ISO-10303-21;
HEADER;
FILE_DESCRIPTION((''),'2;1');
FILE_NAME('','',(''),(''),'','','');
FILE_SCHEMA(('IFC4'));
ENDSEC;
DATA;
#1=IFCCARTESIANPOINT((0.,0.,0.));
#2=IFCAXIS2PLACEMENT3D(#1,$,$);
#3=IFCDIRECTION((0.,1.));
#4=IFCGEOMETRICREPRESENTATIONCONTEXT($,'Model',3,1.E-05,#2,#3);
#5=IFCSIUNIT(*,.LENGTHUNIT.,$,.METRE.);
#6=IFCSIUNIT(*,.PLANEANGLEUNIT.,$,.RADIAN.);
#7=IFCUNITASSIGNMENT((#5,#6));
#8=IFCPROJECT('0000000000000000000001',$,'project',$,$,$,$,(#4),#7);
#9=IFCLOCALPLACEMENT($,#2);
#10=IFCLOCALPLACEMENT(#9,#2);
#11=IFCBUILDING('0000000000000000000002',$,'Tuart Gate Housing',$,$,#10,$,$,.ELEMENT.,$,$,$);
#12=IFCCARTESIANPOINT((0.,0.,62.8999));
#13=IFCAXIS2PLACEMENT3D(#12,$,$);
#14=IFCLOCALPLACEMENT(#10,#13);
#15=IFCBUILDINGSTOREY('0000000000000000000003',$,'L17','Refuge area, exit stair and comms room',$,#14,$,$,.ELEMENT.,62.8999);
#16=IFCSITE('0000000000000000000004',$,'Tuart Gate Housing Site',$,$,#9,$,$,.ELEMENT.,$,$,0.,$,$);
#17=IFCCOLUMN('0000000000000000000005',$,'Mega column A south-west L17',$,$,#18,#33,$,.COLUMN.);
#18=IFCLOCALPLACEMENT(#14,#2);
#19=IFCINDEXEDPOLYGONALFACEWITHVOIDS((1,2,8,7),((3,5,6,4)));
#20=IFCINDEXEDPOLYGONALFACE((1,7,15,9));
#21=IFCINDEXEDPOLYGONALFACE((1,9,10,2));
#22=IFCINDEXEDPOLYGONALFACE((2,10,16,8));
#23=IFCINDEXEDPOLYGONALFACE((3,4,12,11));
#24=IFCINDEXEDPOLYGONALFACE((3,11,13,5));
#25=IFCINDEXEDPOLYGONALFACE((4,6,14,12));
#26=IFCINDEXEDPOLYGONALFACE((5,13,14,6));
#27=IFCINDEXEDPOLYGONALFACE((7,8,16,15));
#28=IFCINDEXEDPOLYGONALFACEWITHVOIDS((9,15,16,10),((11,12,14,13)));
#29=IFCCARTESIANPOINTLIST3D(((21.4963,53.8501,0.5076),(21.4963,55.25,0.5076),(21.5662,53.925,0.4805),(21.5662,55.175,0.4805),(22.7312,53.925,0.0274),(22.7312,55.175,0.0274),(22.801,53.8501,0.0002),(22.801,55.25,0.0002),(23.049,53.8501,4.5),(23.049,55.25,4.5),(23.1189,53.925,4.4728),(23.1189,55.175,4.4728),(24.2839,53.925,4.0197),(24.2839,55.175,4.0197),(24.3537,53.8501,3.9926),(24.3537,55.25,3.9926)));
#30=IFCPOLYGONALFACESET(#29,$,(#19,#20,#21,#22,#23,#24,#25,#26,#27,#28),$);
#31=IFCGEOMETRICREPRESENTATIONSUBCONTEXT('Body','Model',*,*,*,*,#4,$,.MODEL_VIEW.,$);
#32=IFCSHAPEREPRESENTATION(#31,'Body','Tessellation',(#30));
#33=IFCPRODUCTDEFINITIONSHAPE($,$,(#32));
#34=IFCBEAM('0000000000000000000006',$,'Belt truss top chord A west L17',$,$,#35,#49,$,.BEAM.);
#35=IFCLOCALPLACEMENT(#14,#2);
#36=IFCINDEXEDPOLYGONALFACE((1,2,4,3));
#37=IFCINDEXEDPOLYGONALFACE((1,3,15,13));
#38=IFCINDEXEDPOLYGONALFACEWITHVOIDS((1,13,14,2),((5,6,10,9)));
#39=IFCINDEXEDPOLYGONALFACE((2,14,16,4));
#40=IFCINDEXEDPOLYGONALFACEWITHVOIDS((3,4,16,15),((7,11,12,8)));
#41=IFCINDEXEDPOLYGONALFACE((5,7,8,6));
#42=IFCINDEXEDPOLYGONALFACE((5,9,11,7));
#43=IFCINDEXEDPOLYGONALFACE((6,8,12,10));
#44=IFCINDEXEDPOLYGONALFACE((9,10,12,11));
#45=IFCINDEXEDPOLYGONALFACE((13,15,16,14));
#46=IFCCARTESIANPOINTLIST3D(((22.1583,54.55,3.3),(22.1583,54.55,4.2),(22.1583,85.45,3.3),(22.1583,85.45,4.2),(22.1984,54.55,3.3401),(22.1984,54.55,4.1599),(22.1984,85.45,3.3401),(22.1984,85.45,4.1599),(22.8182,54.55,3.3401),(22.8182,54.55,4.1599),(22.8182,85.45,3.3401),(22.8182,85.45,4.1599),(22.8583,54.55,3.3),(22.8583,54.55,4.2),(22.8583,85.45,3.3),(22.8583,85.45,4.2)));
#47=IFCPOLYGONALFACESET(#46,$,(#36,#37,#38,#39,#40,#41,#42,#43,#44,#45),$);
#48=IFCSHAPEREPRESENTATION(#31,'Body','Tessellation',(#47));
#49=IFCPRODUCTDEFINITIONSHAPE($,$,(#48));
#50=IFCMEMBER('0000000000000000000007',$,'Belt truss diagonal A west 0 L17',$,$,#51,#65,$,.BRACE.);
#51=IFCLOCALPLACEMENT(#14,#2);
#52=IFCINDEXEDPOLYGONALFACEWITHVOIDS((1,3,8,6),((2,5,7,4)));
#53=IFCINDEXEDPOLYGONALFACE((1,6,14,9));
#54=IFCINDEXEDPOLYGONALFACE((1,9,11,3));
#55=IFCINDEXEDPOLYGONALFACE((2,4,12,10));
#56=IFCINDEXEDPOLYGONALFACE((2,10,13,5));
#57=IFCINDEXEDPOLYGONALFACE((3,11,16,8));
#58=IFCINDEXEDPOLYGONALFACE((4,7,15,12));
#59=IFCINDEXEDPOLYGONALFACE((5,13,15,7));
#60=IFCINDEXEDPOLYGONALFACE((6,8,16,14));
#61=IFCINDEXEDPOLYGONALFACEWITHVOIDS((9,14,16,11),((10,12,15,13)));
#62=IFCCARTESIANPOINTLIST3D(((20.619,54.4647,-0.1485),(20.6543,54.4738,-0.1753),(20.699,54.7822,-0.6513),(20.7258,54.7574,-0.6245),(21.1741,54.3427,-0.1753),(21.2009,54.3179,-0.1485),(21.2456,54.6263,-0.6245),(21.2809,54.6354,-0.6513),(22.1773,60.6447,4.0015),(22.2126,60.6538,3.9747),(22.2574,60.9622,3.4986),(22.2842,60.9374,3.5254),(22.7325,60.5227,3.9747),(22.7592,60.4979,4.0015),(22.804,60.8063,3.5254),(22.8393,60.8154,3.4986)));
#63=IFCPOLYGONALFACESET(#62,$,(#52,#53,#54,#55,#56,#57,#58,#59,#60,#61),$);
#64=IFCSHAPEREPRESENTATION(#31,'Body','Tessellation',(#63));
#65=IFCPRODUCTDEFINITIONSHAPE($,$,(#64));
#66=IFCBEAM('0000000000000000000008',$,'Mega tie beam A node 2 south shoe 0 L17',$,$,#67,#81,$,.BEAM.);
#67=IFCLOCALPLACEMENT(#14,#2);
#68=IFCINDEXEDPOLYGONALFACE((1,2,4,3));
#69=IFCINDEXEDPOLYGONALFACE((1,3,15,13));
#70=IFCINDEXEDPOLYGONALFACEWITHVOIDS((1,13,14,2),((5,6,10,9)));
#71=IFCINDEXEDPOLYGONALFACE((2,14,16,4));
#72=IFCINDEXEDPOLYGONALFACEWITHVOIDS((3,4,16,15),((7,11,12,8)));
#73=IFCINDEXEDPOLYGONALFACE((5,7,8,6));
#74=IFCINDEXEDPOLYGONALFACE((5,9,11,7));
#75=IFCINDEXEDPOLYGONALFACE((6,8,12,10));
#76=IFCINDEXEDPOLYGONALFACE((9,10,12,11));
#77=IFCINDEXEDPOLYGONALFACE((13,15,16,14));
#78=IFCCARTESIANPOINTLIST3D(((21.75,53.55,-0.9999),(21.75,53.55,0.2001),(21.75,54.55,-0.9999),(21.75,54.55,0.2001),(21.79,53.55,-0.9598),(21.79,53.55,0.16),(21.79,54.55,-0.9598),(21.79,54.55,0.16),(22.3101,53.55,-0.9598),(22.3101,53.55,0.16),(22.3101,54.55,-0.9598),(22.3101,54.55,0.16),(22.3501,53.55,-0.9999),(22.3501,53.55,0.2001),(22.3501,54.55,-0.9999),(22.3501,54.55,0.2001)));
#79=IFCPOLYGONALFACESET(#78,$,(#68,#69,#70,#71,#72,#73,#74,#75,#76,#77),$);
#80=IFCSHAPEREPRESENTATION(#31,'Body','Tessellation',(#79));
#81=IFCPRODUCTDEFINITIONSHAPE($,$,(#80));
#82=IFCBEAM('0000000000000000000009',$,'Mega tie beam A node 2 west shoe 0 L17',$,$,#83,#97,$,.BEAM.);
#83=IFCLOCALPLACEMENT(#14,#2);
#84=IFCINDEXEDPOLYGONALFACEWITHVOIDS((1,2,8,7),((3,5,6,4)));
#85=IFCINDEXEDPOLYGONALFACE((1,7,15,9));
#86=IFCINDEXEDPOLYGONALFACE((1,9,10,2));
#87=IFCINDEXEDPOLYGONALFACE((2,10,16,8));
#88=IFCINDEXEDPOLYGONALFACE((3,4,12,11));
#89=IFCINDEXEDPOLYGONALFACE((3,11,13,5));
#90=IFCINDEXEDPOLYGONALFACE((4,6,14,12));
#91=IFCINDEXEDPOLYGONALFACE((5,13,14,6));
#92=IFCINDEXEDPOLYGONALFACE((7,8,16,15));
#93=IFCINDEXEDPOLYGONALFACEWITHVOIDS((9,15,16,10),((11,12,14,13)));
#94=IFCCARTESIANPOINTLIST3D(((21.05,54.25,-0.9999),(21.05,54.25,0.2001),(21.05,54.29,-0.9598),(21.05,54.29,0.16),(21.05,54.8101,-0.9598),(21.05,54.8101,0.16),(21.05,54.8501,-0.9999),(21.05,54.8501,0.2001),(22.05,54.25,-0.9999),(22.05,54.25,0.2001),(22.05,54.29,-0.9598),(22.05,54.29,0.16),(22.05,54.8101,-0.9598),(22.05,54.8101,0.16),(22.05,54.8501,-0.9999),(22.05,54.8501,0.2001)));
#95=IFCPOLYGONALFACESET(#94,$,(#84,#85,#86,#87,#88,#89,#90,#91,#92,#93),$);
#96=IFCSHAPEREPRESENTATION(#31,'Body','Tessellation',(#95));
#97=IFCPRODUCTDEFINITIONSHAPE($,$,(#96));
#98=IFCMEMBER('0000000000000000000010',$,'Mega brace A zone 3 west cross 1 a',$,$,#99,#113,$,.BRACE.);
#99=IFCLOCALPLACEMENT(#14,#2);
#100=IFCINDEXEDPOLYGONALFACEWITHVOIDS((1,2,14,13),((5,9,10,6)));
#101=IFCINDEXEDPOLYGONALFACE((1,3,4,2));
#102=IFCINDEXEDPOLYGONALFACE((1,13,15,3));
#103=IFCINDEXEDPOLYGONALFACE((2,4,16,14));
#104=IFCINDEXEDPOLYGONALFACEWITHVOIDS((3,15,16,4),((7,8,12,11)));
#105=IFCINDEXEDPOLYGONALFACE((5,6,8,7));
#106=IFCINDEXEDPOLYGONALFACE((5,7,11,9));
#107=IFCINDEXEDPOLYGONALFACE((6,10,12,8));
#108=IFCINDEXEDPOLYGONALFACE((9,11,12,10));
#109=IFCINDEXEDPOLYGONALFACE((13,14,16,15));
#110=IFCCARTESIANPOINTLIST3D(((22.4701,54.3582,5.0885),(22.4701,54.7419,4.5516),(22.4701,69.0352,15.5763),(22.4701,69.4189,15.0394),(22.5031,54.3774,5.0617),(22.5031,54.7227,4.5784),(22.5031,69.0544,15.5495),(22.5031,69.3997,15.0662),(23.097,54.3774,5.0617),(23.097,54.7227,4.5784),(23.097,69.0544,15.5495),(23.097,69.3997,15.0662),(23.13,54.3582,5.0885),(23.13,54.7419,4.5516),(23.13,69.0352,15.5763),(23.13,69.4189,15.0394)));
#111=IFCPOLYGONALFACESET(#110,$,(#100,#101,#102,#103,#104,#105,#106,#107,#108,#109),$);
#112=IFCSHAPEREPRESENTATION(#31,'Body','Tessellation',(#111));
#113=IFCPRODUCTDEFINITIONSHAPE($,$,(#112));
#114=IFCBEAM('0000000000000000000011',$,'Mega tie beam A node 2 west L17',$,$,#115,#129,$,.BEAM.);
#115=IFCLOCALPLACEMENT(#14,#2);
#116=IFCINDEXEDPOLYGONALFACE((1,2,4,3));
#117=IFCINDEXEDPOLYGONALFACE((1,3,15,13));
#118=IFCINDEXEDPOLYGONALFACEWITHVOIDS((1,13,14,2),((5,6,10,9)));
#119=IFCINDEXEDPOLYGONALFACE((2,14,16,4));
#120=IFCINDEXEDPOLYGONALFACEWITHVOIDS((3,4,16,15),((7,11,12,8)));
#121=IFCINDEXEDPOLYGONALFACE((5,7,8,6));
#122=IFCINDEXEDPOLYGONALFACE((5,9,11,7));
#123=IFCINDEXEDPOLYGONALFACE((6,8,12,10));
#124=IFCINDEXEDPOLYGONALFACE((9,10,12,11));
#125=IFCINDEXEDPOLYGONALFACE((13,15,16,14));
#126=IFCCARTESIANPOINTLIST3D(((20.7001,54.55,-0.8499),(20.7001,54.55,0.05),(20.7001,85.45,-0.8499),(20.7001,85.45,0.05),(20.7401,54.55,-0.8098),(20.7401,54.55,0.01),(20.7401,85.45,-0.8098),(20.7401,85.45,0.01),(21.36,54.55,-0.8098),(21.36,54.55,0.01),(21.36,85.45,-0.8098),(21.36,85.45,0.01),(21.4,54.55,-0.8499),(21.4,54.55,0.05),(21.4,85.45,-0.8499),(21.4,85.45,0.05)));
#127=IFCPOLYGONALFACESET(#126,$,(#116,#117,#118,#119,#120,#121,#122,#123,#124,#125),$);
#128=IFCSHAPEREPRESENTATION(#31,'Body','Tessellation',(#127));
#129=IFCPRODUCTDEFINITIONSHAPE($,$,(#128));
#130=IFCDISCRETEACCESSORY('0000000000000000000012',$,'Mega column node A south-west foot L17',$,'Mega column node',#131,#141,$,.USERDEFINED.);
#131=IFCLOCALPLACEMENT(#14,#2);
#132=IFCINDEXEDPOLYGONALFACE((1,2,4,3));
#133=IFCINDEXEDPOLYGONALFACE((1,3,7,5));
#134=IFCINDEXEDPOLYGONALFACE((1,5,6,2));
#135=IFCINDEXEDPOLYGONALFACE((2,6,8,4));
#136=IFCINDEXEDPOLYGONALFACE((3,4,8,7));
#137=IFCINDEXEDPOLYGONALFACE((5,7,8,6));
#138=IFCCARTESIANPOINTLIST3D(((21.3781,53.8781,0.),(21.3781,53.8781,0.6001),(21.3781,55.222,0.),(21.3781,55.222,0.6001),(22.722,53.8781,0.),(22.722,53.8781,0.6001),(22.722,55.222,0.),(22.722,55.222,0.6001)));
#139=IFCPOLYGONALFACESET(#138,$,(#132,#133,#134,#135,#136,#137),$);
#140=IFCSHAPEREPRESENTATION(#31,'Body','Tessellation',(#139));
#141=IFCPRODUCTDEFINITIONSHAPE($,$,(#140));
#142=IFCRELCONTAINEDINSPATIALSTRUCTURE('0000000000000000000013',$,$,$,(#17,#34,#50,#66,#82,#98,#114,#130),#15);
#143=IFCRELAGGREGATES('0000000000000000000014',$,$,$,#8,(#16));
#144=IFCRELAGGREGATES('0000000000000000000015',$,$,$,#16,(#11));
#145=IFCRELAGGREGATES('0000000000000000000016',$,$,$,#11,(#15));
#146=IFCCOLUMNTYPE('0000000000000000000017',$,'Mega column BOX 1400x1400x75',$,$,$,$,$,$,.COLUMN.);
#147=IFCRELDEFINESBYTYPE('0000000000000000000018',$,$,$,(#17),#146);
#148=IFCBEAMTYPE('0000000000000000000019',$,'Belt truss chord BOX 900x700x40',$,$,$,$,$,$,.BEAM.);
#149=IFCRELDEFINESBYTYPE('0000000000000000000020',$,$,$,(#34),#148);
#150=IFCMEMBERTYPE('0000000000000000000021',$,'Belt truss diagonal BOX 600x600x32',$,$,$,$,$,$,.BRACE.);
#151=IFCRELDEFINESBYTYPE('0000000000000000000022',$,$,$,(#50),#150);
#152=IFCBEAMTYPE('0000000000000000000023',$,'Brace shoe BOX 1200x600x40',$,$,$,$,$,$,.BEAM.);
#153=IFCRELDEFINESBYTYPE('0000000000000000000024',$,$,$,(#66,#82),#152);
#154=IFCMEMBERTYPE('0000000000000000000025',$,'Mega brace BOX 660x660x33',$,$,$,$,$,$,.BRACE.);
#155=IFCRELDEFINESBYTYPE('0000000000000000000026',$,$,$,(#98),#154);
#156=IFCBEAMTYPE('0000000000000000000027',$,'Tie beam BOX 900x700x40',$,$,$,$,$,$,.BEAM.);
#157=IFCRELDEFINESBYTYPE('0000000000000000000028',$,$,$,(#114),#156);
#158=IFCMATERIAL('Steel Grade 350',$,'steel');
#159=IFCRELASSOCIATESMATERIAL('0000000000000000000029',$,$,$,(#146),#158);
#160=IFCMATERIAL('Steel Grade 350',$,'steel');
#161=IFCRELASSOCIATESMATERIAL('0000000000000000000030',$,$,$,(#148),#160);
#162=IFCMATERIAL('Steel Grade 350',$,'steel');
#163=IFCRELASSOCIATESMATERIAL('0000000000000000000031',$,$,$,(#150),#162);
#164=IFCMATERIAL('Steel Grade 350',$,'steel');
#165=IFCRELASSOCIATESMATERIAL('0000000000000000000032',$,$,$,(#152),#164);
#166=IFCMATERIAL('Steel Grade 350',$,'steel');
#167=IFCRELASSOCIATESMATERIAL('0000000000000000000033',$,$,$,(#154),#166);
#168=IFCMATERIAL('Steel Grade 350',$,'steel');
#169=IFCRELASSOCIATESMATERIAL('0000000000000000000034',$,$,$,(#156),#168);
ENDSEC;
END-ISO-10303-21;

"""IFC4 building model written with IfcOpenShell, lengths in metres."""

from ifc_helpers import new_model, si_unit, direction, frame, origin, origin_2d, place, context, subcontext, project, spatial, rectangle, hollow_rectangle, extrude, material, material_profile, profile_set, type_object, element, save


model = new_model("IFC4")

# Units and contexts
model_context = context("Model", 3, precision=1e-05, world=origin(), true_north=direction((0.0, 1.0)))
body_context = subcontext(model_context, "Body", "Model", "MODEL_VIEW")
ifc_project = project(units=[si_unit("LENGTHUNIT", "METRE"), si_unit("PLANEANGLEUNIT", "RADIAN")], contexts=[model_context])

# Site, building, storey
site_placement = place(None, origin())
site = spatial("IfcSite", under=ifc_project, at=site_placement, Name="Tuart Gate Housing Site", CompositionType="ELEMENT", RefElevation=0.0)
building_placement = place(site_placement, origin())
building = spatial("IfcBuilding", under=site, at=building_placement, Name="Tuart Gate Housing", CompositionType="ELEMENT")
storey_placement = place(building_placement, frame((0.0, 0.0, 62.8999)))
storey = spatial("IfcBuildingStorey", under=building, at=storey_placement, Name="L17", Description="Refuge area, exit stair and comms room", CompositionType="ELEMENT", Elevation=62.8999)

# Column
ifc_material_1 = material(Name="Steel Grade 350", Category="steel")
ifc_material_profile_1 = material_profile(ifc_material_1, hollow_rectangle(XDim=1.3999, YDim=1.3999, WallThickness=0.075, at=origin_2d()), Name="BOX 1400x1400x75")
ifc_profile_set_1 = profile_set([ifc_material_profile_1], Name="Steel Grade 350")
column_type = type_object("IfcColumnType", Name="Mega column BOX 1400x1400x75", PredefinedType="COLUMN", material=ifc_profile_set_1)
column_placement = place(storey_placement, frame((22.1487, 54.55, 0.2539), z_axis=(0.362471, 0.0, 0.931995), x_axis=(0.0, 1.0, 0.0)))
element("IfcColumn", 1, at=column_placement, inside=storey, type_object=column_type, Name="Mega column A south-west L17", PredefinedType="COLUMN", context=body_context, shape_type="SweptSolid", body=[
    extrude(hollow_rectangle(XDim=1.3999, YDim=1.3999, WallThickness=0.075, at=origin_2d()), origin(), (0.0, 0.0, 1.0), 4.2837),
])

# Beam
ifc_material_2 = material(Name="Steel Grade 350", Category="steel")
ifc_material_profile_2 = material_profile(ifc_material_2, hollow_rectangle(XDim=0.7, YDim=0.8999, WallThickness=0.04, at=origin_2d()), Name="BOX 900x700x40")
ifc_profile_set_2 = profile_set([ifc_material_profile_2], Name="Steel Grade 350")
beam_type_1 = type_object("IfcBeamType", Name="Belt truss chord BOX 900x700x40", PredefinedType="BEAM", material=ifc_profile_set_2)
beam_1_placement = place(storey_placement, frame((22.5083, 54.55, 3.75), z_axis=(0.0, 1.0, 0.0), x_axis=(-1.0, 0.0, 0.0)))
element("IfcBeam", 2, at=beam_1_placement, inside=storey, type_object=beam_type_1, Name="Belt truss top chord A west L17", PredefinedType="BEAM", context=body_context, shape_type="SweptSolid", body=[
    extrude(hollow_rectangle(XDim=0.7, YDim=0.8999, WallThickness=0.04, at=origin_2d()), origin(), (0.0, 0.0, 1.0), 30.8999),
])

# Member
ifc_material_3 = material(Name="Steel Grade 350", Category="steel")
ifc_material_profile_3 = material_profile(ifc_material_3, hollow_rectangle(XDim=0.6001, YDim=0.6001, WallThickness=0.032, at=origin_2d()), Name="BOX 600x600x32")
ifc_profile_set_3 = profile_set([ifc_material_profile_3], Name="Steel Grade 350")
member_type_1 = type_object("IfcMemberType", Name="Belt truss diagonal BOX 600x600x32", PredefinedType="BRACE", material=ifc_profile_set_3)
member_1_placement = place(storey_placement, frame((20.95, 54.55, -0.3999), z_axis=(0.204901, 0.812574, 0.545654), x_axis=(-0.969647, 0.244509, 0.0)))
element("IfcMember", 3, at=member_1_placement, inside=storey, type_object=member_type_1, Name="Belt truss diagonal A west 0 L17", PredefinedType="BRACE", context=body_context, shape_type="SweptSolid", body=[
    extrude(hollow_rectangle(XDim=0.6001, YDim=0.6001, WallThickness=0.032, at=origin_2d()), origin(), (0.0, 0.0, 1.0), 7.6055),
])

# Beams
ifc_material_4 = material(Name="Steel Grade 350", Category="steel")
ifc_material_profile_4 = material_profile(ifc_material_4, hollow_rectangle(XDim=0.6001, YDim=1.2, WallThickness=0.04, at=origin_2d()), Name="BOX 1200x600x40")
ifc_profile_set_4 = profile_set([ifc_material_profile_4], Name="Steel Grade 350")
beam_type_2 = type_object("IfcBeamType", Name="Brace shoe BOX 1200x600x40", PredefinedType="BEAM", material=ifc_profile_set_4)
for number, where, z_axis, x_axis, name in (
    (4, (22.05, 54.55, -0.3999), (0.0, -1.0, 0.0), (1.0, 0.0, 0.0), "Mega tie beam A node 2 south shoe 0 L17"),
    (5, (22.05, 54.55, -0.3999), (-1.0, 0.0, 0.0), (0.0, -1.0, 0.0), "Mega tie beam A node 2 west shoe 0 L17"),
):
    element("IfcBeam", number, at=place(storey_placement, frame(where, z_axis=z_axis, x_axis=x_axis)), inside=storey, type_object=beam_type_2, Name=name, PredefinedType="BEAM", context=body_context, shape_type="SweptSolid", body=[
        extrude(hollow_rectangle(XDim=0.6001, YDim=1.2, WallThickness=0.04, at=origin_2d()), origin(), (0.0, 0.0, 1.0), 1.0),
    ])

# Member
ifc_material_5 = material(Name="Steel Grade 350", Category="steel")
ifc_material_profile_5 = material_profile(ifc_material_5, hollow_rectangle(XDim=0.6599, YDim=0.6599, WallThickness=0.033, at=origin_2d()), Name="BOX 660x660x33")
ifc_profile_set_5 = profile_set([ifc_material_profile_5], Name="Steel Grade 350")
member_type_2 = type_object("IfcMemberType", Name="Mega brace BOX 660x660x33", PredefinedType="BRACE", material=ifc_profile_set_5)
member_2_placement = place(storey_placement, frame((22.8, 54.55, 4.8201), z_axis=(0.0, 0.813623, 0.581393), x_axis=(-1.0, 0.0, 0.0)))
element("IfcMember", 6, at=member_2_placement, inside=storey, type_object=member_type_2, Name="Mega brace A zone 3 west cross 1 a", PredefinedType="BRACE", context=body_context, shape_type="SweptSolid", body=[
    extrude(hollow_rectangle(XDim=0.6599, YDim=0.6599, WallThickness=0.033, at=origin_2d()), origin(), (0.0, 0.0, 1.0), 18.0391),
])

# Beam
ifc_material_6 = material(Name="Steel Grade 350", Category="steel")
ifc_material_profile_6 = material_profile(ifc_material_6, hollow_rectangle(XDim=0.7, YDim=0.8999, WallThickness=0.04, at=origin_2d()), Name="BOX 900x700x40")
ifc_profile_set_6 = profile_set([ifc_material_profile_6], Name="Steel Grade 350")
beam_type_3 = type_object("IfcBeamType", Name="Tie beam BOX 900x700x40", PredefinedType="BEAM", material=ifc_profile_set_6)
beam_2_placement = place(storey_placement, frame((21.05, 54.55, -0.3999), z_axis=(0.0, 1.0, 0.0), x_axis=(-1.0, 0.0, 0.0)))
element("IfcBeam", 7, at=beam_2_placement, inside=storey, type_object=beam_type_3, Name="Mega tie beam A node 2 west L17", PredefinedType="BEAM", context=body_context, shape_type="SweptSolid", body=[
    extrude(hollow_rectangle(XDim=0.7, YDim=0.8999, WallThickness=0.04, at=origin_2d()), origin(), (0.0, 0.0, 1.0), 30.8999),
])

# Discrete accessory
discrete_accessory_placement = place(storey_placement, frame((22.05, 54.55, 0.0), z_axis=(0.0, 0.0, 1.0), x_axis=(1.0, 0.0, 0.0)))
element("IfcDiscreteAccessory", 8, at=discrete_accessory_placement, inside=storey, Name="Mega column node A south-west foot L17", ObjectType="Mega column node", PredefinedType="USERDEFINED", context=body_context, shape_type="SweptSolid", body=[
    extrude(rectangle(XDim=1.344, YDim=1.344, at=origin_2d()), origin(), (0.0, 0.0, 1.0), 0.6001),
])

save(model, "model.ifc")
